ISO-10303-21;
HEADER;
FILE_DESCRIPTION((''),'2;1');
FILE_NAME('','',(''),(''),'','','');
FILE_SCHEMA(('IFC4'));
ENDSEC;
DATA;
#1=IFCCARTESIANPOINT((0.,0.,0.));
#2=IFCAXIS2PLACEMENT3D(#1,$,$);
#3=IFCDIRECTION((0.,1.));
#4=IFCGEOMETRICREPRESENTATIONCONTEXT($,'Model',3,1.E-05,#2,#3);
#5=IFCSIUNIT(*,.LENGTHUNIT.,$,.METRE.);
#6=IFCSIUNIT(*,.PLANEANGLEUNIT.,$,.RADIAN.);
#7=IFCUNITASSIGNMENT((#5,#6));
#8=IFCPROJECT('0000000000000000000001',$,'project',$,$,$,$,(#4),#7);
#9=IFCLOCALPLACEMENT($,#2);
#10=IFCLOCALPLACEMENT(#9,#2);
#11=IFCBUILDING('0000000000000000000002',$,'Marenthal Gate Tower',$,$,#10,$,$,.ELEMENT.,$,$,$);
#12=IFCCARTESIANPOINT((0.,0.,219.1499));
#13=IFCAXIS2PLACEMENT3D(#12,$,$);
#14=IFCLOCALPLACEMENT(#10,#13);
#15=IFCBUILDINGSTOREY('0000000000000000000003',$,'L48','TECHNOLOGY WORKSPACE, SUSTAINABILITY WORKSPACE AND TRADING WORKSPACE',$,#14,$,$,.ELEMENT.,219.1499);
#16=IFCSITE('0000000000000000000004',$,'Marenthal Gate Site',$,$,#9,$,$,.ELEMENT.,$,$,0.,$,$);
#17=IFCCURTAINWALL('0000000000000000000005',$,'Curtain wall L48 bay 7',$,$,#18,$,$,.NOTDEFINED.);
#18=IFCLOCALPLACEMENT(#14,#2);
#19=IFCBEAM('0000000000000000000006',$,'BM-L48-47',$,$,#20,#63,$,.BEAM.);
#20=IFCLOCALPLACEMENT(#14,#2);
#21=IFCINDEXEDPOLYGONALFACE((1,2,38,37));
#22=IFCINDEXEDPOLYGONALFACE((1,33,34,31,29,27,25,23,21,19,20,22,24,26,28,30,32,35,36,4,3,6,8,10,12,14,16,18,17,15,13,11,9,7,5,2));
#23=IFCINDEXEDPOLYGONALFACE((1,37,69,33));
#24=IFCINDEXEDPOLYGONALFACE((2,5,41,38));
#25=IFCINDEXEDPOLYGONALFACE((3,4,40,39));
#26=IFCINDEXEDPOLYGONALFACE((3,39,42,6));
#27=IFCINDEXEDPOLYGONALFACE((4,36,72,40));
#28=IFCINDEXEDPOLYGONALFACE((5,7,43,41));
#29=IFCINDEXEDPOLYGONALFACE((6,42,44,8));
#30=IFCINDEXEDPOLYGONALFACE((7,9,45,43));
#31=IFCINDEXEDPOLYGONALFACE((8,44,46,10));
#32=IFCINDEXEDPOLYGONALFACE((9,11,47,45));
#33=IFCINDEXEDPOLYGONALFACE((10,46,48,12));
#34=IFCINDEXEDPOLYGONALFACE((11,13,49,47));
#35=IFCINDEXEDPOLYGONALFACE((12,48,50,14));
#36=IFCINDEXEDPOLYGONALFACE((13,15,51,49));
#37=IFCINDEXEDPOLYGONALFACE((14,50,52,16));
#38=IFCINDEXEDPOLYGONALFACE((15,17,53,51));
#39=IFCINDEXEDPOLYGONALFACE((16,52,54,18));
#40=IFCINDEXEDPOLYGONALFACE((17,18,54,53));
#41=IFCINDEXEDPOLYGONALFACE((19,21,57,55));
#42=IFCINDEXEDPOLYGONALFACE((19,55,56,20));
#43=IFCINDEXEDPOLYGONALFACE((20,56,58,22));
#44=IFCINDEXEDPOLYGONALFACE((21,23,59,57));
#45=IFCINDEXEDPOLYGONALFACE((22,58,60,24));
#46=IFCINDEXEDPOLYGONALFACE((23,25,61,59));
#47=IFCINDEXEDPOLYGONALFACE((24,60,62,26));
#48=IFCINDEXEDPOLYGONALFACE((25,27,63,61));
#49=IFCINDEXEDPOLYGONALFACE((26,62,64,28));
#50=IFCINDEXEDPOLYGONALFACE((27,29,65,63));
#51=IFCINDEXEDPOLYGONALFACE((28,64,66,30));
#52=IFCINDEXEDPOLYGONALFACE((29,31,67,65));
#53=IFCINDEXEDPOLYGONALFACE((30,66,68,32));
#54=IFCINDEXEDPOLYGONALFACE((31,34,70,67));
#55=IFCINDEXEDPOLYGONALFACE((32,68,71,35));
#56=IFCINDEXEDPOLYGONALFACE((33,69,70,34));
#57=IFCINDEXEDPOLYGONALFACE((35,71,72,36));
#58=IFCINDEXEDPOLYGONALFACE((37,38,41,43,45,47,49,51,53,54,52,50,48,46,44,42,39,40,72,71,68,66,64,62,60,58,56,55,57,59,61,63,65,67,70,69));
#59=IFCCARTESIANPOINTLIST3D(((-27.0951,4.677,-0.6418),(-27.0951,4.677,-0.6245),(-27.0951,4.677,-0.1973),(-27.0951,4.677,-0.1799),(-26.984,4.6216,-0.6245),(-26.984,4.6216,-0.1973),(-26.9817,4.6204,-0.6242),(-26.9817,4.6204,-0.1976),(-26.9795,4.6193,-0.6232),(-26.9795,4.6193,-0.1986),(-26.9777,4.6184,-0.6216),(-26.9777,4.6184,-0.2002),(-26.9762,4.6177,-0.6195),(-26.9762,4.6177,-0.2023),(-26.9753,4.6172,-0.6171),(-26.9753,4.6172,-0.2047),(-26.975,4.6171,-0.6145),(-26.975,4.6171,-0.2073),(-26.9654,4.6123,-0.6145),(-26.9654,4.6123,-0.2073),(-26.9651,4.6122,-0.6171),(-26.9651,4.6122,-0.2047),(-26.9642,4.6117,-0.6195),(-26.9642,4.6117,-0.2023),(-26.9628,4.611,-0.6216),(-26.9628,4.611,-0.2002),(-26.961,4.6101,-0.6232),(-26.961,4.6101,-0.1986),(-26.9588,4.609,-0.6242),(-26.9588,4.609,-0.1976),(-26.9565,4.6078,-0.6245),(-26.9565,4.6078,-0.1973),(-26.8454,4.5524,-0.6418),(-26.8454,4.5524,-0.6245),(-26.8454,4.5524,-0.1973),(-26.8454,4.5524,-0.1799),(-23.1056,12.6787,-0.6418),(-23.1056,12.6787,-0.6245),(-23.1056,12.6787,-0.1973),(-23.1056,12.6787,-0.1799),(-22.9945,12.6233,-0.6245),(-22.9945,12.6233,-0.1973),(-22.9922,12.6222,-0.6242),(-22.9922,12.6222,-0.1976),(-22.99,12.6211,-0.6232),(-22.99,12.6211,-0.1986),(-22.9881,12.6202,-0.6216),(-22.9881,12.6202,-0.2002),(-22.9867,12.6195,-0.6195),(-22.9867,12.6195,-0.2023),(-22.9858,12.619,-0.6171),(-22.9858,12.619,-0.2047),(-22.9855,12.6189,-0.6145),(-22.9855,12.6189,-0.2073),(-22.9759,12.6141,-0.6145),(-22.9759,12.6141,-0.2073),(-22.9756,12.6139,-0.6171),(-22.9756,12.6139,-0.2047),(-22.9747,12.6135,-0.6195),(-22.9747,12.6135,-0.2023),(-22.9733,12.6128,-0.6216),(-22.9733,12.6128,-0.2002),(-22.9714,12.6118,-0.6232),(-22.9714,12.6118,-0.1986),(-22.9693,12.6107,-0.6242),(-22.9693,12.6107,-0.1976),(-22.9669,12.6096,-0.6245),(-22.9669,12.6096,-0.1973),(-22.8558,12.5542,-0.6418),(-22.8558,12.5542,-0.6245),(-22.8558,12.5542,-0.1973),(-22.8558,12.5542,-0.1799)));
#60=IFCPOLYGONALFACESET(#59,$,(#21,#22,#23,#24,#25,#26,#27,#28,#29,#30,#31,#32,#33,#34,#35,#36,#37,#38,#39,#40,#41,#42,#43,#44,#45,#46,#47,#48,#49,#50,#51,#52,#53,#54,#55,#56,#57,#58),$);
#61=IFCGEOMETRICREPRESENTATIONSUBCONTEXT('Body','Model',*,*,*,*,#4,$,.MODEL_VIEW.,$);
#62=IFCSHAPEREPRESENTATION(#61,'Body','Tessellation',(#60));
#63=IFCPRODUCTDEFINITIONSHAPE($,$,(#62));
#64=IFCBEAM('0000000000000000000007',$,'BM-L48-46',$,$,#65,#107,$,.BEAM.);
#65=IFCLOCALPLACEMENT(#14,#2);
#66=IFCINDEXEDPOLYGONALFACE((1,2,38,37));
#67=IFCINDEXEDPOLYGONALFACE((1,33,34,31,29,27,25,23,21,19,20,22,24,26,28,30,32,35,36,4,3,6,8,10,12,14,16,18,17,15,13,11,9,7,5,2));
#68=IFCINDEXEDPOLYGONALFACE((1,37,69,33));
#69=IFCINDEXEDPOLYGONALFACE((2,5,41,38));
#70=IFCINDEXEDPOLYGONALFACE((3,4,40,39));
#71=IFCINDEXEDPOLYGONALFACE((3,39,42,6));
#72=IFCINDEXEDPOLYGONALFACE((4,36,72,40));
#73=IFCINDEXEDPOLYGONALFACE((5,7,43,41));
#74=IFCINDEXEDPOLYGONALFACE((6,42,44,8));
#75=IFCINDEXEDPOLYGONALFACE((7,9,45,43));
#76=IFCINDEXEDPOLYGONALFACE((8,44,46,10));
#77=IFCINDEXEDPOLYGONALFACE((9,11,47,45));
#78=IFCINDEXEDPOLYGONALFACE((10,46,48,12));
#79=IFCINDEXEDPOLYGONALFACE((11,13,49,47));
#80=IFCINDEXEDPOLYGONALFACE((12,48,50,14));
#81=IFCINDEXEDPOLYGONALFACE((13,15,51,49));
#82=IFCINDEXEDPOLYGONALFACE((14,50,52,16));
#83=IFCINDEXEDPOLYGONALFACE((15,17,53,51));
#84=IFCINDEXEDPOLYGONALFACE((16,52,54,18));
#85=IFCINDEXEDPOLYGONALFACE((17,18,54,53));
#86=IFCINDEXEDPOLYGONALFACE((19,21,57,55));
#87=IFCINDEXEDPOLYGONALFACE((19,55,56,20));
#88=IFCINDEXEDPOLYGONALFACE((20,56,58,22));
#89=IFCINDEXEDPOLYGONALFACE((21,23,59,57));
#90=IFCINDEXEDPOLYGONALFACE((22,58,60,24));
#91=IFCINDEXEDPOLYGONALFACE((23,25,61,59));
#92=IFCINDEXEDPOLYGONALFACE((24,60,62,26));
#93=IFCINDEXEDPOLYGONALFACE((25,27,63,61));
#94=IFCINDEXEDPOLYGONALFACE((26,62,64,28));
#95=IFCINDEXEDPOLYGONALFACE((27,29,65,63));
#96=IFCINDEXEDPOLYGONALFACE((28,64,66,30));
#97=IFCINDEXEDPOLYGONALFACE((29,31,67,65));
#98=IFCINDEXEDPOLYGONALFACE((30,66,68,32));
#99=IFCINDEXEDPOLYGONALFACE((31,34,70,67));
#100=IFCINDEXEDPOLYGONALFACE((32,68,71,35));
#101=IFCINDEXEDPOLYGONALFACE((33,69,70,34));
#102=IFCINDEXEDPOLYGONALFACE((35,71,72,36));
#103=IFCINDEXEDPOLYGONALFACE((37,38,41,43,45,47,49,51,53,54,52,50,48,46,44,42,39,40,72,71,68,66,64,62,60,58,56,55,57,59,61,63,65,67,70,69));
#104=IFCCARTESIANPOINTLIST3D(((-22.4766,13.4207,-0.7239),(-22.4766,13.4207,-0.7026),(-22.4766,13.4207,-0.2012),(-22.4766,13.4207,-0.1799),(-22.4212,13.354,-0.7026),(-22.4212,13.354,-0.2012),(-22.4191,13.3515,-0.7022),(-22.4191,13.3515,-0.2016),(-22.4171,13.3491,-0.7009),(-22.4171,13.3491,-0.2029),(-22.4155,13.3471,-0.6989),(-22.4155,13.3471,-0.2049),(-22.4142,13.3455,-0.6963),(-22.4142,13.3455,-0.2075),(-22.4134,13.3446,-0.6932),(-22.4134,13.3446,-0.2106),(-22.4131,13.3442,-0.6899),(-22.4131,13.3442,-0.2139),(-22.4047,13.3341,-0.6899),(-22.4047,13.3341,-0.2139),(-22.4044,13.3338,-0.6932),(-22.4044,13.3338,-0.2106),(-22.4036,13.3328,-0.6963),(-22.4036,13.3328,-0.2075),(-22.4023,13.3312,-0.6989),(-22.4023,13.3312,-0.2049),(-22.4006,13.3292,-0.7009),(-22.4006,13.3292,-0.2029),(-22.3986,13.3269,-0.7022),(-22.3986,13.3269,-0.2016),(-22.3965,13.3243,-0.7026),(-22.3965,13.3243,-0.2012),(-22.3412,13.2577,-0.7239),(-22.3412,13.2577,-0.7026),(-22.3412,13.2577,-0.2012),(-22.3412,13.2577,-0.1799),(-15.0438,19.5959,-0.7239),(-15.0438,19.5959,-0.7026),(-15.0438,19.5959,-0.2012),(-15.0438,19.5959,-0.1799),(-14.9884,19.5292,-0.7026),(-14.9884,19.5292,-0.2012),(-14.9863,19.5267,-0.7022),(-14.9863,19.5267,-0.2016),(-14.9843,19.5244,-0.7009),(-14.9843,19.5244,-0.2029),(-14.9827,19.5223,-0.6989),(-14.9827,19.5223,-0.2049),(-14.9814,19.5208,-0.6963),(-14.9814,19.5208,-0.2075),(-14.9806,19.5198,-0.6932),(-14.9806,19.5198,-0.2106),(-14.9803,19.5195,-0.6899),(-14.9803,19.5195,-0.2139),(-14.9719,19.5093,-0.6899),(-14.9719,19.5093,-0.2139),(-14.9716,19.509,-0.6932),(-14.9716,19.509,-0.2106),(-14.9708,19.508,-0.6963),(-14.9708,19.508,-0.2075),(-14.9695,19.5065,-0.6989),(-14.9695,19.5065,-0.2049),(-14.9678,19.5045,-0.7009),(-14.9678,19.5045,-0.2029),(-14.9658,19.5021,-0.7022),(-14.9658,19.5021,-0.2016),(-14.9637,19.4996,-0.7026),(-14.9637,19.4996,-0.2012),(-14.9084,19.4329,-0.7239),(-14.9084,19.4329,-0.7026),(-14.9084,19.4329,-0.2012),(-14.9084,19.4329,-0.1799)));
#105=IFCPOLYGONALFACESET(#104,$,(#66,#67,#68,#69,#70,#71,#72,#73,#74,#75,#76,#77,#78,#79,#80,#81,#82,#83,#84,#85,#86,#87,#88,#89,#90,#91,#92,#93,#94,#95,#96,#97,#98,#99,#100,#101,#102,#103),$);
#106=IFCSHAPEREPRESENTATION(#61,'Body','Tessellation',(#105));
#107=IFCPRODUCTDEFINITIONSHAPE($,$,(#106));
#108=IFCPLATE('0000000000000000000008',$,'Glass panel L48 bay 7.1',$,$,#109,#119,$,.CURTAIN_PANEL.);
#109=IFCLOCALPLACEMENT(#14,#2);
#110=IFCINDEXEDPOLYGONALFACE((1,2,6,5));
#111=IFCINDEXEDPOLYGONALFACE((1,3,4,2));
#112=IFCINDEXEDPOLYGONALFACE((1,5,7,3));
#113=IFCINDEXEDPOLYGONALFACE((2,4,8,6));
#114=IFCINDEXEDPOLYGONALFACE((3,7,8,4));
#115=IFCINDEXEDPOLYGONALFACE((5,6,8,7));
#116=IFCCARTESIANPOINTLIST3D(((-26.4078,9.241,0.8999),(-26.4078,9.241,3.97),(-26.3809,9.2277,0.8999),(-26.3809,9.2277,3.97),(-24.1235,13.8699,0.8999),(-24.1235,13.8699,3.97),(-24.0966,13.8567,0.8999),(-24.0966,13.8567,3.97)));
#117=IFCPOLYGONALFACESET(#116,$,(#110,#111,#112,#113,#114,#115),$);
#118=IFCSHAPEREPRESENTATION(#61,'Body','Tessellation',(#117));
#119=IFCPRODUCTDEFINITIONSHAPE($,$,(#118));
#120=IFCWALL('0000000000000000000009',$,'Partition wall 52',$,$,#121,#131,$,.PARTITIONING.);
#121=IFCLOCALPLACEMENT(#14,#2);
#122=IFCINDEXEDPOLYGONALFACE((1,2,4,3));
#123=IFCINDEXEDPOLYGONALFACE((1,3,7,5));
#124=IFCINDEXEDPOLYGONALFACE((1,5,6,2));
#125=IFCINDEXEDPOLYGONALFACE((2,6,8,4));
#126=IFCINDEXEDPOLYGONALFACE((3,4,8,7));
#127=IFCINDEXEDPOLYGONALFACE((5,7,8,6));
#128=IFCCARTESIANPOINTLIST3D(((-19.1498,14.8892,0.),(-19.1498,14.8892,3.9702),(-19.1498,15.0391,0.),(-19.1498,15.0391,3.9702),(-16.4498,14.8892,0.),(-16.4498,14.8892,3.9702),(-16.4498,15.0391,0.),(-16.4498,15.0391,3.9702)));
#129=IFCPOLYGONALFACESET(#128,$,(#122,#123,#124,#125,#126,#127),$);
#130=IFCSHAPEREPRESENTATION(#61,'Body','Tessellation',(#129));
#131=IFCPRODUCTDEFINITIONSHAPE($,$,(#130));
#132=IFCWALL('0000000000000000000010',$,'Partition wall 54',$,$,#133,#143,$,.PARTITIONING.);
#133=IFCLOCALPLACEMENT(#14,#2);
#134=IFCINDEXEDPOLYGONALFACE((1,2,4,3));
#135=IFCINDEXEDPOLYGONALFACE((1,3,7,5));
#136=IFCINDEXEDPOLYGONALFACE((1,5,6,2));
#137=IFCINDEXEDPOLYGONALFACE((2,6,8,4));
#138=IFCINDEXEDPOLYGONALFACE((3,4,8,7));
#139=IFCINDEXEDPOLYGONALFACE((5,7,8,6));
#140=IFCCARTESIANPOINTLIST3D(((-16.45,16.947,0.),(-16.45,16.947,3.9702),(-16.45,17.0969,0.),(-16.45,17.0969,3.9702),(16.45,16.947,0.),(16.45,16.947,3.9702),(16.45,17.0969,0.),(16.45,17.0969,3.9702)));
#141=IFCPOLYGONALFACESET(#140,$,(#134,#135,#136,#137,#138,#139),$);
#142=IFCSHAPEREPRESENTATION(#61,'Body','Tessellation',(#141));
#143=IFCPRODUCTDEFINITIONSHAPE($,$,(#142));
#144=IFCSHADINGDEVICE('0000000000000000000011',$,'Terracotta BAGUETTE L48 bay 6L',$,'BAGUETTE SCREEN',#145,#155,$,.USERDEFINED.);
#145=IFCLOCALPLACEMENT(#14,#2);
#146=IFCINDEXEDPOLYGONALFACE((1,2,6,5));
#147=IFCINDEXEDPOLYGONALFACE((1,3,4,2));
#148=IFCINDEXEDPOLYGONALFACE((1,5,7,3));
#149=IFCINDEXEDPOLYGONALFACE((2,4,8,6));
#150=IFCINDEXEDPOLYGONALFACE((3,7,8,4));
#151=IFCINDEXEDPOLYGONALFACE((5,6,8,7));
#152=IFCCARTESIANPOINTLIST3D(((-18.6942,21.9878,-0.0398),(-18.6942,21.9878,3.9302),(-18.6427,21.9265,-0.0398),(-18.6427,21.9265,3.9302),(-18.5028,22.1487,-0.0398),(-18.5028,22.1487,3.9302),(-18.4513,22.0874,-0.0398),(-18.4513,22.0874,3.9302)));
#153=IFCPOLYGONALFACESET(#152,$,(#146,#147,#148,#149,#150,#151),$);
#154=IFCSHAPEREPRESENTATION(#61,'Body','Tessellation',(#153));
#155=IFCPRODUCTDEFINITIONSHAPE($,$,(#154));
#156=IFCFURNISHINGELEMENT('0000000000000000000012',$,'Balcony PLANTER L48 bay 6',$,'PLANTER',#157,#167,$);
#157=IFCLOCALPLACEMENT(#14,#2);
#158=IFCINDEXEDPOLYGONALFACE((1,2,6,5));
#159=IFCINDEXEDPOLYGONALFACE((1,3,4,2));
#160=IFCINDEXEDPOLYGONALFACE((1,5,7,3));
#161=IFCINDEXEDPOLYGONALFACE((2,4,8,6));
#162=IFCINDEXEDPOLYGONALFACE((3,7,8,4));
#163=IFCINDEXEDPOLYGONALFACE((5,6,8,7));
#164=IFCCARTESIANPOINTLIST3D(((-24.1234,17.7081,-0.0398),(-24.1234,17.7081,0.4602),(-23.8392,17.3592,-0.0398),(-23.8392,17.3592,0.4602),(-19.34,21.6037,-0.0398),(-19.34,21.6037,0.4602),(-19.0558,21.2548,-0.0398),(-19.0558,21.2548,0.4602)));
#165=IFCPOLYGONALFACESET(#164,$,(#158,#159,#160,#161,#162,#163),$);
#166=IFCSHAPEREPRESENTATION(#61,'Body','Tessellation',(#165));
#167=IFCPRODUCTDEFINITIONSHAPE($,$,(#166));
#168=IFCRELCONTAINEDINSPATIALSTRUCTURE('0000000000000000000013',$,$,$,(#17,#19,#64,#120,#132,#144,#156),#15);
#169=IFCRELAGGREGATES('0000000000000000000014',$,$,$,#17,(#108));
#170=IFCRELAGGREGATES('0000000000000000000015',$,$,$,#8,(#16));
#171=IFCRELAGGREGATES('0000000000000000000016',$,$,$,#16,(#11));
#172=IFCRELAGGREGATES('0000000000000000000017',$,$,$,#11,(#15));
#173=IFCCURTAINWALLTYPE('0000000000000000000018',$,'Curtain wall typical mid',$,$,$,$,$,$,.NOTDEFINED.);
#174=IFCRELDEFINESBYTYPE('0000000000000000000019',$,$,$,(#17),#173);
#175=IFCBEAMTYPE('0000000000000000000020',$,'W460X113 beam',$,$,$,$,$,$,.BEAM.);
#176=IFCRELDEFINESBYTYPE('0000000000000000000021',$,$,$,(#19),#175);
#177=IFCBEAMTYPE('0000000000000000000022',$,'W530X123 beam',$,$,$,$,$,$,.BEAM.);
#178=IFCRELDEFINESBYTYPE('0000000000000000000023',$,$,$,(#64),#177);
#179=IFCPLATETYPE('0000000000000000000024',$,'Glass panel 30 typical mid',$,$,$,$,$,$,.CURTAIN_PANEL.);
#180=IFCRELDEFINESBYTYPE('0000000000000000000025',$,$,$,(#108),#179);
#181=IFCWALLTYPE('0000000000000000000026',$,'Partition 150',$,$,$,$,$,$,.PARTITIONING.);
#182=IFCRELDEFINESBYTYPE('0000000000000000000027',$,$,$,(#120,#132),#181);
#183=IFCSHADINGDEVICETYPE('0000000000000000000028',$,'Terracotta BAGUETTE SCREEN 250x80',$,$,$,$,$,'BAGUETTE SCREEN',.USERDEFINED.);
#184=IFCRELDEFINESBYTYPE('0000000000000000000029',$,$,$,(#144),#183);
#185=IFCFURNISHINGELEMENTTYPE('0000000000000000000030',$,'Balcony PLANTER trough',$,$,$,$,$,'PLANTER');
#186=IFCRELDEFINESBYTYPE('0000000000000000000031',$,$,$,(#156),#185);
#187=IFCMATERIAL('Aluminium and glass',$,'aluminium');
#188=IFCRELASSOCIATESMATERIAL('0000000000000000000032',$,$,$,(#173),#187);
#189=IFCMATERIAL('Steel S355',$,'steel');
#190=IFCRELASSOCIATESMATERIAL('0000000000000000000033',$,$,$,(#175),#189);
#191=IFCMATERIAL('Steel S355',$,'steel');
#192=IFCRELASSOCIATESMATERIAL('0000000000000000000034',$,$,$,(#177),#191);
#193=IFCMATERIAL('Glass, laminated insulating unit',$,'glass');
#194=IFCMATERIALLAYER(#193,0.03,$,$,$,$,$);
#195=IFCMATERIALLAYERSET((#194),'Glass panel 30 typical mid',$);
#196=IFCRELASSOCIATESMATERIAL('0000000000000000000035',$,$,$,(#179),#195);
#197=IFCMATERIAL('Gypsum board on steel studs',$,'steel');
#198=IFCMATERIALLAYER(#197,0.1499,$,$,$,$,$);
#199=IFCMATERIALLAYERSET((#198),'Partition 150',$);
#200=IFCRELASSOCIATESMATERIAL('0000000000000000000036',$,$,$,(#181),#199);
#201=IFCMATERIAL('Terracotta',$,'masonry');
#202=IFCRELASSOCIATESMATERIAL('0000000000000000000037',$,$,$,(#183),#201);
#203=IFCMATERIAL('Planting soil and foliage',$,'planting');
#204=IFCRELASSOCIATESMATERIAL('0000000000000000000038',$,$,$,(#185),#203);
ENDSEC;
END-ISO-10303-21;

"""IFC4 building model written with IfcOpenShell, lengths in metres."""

from ifc_helpers import new_model, si_unit, direction, frame, frame_2d, origin, origin_2d, place, context, subcontext, project, spatial, rectangle, i_section, extrude, material, layer, layer_set, material_profile, profile_set, type_object, element, aggregate, save


model = new_model("IFC4")

# Units and contexts
model_context = context("Model", 3, precision=1e-05, world=origin(), true_north=direction((0.0, 1.0)))
body_context = subcontext(model_context, "Body", "Model", "MODEL_VIEW")
ifc_project = project(units=[si_unit("LENGTHUNIT", "METRE"), si_unit("PLANEANGLEUNIT", "RADIAN")], contexts=[model_context])

# Site, building, storey
site_placement = place(None, origin())
site = spatial("IfcSite", under=ifc_project, at=site_placement, Name="Marenthal Gate Site", CompositionType="ELEMENT", RefElevation=0.0)
building_placement = place(site_placement, origin())
building = spatial("IfcBuilding", under=site, at=building_placement, Name="Marenthal Gate Tower", CompositionType="ELEMENT")
storey_placement = place(building_placement, frame((0.0, 0.0, 219.1499)))
storey = spatial("IfcBuildingStorey", under=building, at=storey_placement, Name="L48", Description="TECHNOLOGY WORKSPACE, SUSTAINABILITY WORKSPACE AND TRADING WORKSPACE", CompositionType="ELEMENT", Elevation=219.1499)

# Shared definitions
ifc_material_1 = material(Name="Aluminium and glass", Category="aluminium")
curtain_wall_type = type_object("IfcCurtainWallType", Name="Curtain wall typical mid", PredefinedType="NOTDEFINED", material=ifc_material_1)

# Curtain wall
curtain_wall_1_placement = place(storey_placement, origin())
curtain_wall_1 = element("IfcCurtainWall", 1, at=curtain_wall_1_placement, inside=storey, type_object=curtain_wall_type, Name="Curtain wall L48 bay 7", PredefinedType="NOTDEFINED")

# Beams
ifc_material_2 = material(Name="Steel S355", Category="steel")
ifc_material_profile_1 = material_profile(ifc_material_2, i_section(OverallWidth=0.2791, OverallDepth=0.4619, WebThickness=0.0107, FlangeThickness=0.0173, FilletRadius=0.01, at=origin_2d()), Name="W460X113")
ifc_profile_set_1 = profile_set([ifc_material_profile_1], Name="Steel S355")
beam_type_1 = type_object("IfcBeamType", Name="W460X113 beam", PredefinedType="BEAM", material=ifc_profile_set_1)
beam_1_placement = place(storey_placement, frame((-22.9807, 12.6165, -0.4109), z_axis=(-0.446198, -0.894934, 0.0), x_axis=(0.894934, -0.446198, 0.0)))
element("IfcBeam", 2, at=beam_1_placement, inside=storey, type_object=beam_type_1, Name="BM-L48-47", PredefinedType="BEAM", context=body_context, shape_type="SweptSolid", body=[
    extrude(i_section(OverallWidth=0.2791, OverallDepth=0.4619, WebThickness=0.0107, FlangeThickness=0.0173, FilletRadius=0.01, at=origin_2d()), origin(), (0.0, 0.0, 1.0), 8.9412),
])
ifc_material_3 = material(Name="Steel S355", Category="steel")
ifc_material_profile_2 = material_profile(ifc_material_3, i_section(OverallWidth=0.2119, OverallDepth=0.5439, WebThickness=0.0132, FlangeThickness=0.0212, FilletRadius=0.0127, at=origin_2d()), Name="W530X123")
ifc_profile_set_2 = profile_set([ifc_material_profile_2], Name="Steel S355")
beam_type_2 = type_object("IfcBeamType", Name="W530X123 beam", PredefinedType="BEAM", material=ifc_profile_set_2)
beam_2_placement = place(storey_placement, frame((-14.9761, 19.5144, -0.4519), z_axis=(-0.769175, -0.639038, 0.0), x_axis=(0.639038, -0.769175, 0.0)))
element("IfcBeam", 3, at=beam_2_placement, inside=storey, type_object=beam_type_2, Name="BM-L48-46", PredefinedType="BEAM", context=body_context, shape_type="SweptSolid", body=[
    extrude(i_section(OverallWidth=0.2119, OverallDepth=0.5439, WebThickness=0.0132, FlangeThickness=0.0212, FilletRadius=0.0127, at=origin_2d()), origin(), (0.0, 0.0, 1.0), 9.6633),
])

# Plate
ifc_material_4 = material(Name="Glass, laminated insulating unit", Category="glass")
ifc_layer_1 = layer(ifc_material_4, 0.03)
ifc_layer_set_1 = layer_set([ifc_layer_1], Name="Glass panel 30 typical mid")
plate_type = type_object("IfcPlateType", Name="Glass panel 30 typical mid", PredefinedType="CURTAIN_PANEL", material=ifc_layer_set_1)
plate_placement = place(storey_placement, frame((-25.2522, 11.5488, 0.8999), z_axis=(0.0, 0.0, 1.0), x_axis=(-0.442523, -0.896757, 0.0)))
plate = element("IfcPlate", 4, at=plate_placement, type_object=plate_type, Name="Glass panel L48 bay 7.1", PredefinedType="CURTAIN_PANEL", context=body_context, shape_type="SweptSolid", body=[
    extrude(rectangle(XDim=5.1619, YDim=0.03, at=origin_2d()), origin(), (0.0, 0.0, 1.0), 3.0701),
])
aggregate(curtain_wall_1, [plate])

# Walls
ifc_material_5 = material(Name="Gypsum board on steel studs", Category="steel")
ifc_layer_2 = layer(ifc_material_5, 0.1499)
ifc_layer_set_2 = layer_set([ifc_layer_2], Name="Partition 150")
wall_type_1 = type_object("IfcWallType", Name="Partition 150", PredefinedType="PARTITIONING", material=ifc_layer_set_2)
wall_1_placement = place(storey_placement, frame((-19.1499, 14.9641, 0.0), z_axis=(0.0, 0.0, 1.0), x_axis=(1.0, 0.0, 0.0)))
element("IfcWall", 5, at=wall_1_placement, inside=storey, type_object=wall_type_1, Name="Partition wall 52", PredefinedType="PARTITIONING", context=body_context, shape_type="SweptSolid", body=[
    extrude(rectangle(XDim=2.7, YDim=0.1499, at=frame_2d((1.3501, 0.0))), origin(), (0.0, 0.0, 1.0), 3.9702),
])
wall_2_placement = place(storey_placement, frame((-16.45, 17.022, 0.0), z_axis=(0.0, 0.0, 1.0), x_axis=(1.0, 0.0, 0.0)))
element("IfcWall", 6, at=wall_2_placement, inside=storey, type_object=wall_type_1, Name="Partition wall 54", PredefinedType="PARTITIONING", context=body_context, shape_type="SweptSolid", body=[
    extrude(rectangle(XDim=32.8999, YDim=0.1499, at=frame_2d((16.45, 0.0))), origin(), (0.0, 0.0, 1.0), 3.9702),
])

# Shading device
ifc_material_6 = material(Name="Terracotta", Category="masonry")
ifc_material_profile_3 = material_profile(ifc_material_6, rectangle(XDim=0.25, YDim=0.0801, at=origin_2d()), Name="Terracotta baguette 250x80")
ifc_profile_set_3 = profile_set([ifc_material_profile_3], Name="Terracotta")
shading_device_type = type_object("IfcShadingDeviceType", Name="Terracotta BAGUETTE SCREEN 250x80", ElementType="BAGUETTE SCREEN", PredefinedType="USERDEFINED", material=ifc_profile_set_3)
shading_device_placement = place(storey_placement, frame((-18.5728, 22.0376, -0.0398), z_axis=(0.0, 0.0, 1.0), x_axis=(-0.765628, -0.643284, 0.0)))
element("IfcShadingDevice", 7, at=shading_device_placement, inside=storey, type_object=shading_device_type, Name="Terracotta BAGUETTE L48 bay 6L", ObjectType="BAGUETTE SCREEN", PredefinedType="USERDEFINED", context=body_context, shape_type="SweptSolid", body=[
    extrude(rectangle(XDim=0.25, YDim=0.0801, at=origin_2d()), origin(), (0.0, 0.0, 1.0), 3.97),
])

# Furnishing element
ifc_material_7 = material(Name="Planting soil and foliage", Category="planting")
furnishing_element_type = type_object("IfcFurnishingElementType", Name="Balcony PLANTER trough", ElementType="PLANTER", material=ifc_material_7)
furnishing_placement = place(storey_placement, frame((-21.5896, 19.4814, -0.0398), z_axis=(0.0, 0.0, 1.0), x_axis=(-0.775396, -0.631476, 0.0)))
element("IfcFurnishingElement", 8, at=furnishing_placement, inside=storey, type_object=furnishing_element_type, Name="Balcony PLANTER L48 bay 6", ObjectType="PLANTER", context=body_context, shape_type="SweptSolid", body=[
    extrude(rectangle(XDim=6.1689, YDim=0.45, at=origin_2d()), origin(), (0.0, 0.0, 1.0), 0.5),
])

save(model, "model.ifc")
